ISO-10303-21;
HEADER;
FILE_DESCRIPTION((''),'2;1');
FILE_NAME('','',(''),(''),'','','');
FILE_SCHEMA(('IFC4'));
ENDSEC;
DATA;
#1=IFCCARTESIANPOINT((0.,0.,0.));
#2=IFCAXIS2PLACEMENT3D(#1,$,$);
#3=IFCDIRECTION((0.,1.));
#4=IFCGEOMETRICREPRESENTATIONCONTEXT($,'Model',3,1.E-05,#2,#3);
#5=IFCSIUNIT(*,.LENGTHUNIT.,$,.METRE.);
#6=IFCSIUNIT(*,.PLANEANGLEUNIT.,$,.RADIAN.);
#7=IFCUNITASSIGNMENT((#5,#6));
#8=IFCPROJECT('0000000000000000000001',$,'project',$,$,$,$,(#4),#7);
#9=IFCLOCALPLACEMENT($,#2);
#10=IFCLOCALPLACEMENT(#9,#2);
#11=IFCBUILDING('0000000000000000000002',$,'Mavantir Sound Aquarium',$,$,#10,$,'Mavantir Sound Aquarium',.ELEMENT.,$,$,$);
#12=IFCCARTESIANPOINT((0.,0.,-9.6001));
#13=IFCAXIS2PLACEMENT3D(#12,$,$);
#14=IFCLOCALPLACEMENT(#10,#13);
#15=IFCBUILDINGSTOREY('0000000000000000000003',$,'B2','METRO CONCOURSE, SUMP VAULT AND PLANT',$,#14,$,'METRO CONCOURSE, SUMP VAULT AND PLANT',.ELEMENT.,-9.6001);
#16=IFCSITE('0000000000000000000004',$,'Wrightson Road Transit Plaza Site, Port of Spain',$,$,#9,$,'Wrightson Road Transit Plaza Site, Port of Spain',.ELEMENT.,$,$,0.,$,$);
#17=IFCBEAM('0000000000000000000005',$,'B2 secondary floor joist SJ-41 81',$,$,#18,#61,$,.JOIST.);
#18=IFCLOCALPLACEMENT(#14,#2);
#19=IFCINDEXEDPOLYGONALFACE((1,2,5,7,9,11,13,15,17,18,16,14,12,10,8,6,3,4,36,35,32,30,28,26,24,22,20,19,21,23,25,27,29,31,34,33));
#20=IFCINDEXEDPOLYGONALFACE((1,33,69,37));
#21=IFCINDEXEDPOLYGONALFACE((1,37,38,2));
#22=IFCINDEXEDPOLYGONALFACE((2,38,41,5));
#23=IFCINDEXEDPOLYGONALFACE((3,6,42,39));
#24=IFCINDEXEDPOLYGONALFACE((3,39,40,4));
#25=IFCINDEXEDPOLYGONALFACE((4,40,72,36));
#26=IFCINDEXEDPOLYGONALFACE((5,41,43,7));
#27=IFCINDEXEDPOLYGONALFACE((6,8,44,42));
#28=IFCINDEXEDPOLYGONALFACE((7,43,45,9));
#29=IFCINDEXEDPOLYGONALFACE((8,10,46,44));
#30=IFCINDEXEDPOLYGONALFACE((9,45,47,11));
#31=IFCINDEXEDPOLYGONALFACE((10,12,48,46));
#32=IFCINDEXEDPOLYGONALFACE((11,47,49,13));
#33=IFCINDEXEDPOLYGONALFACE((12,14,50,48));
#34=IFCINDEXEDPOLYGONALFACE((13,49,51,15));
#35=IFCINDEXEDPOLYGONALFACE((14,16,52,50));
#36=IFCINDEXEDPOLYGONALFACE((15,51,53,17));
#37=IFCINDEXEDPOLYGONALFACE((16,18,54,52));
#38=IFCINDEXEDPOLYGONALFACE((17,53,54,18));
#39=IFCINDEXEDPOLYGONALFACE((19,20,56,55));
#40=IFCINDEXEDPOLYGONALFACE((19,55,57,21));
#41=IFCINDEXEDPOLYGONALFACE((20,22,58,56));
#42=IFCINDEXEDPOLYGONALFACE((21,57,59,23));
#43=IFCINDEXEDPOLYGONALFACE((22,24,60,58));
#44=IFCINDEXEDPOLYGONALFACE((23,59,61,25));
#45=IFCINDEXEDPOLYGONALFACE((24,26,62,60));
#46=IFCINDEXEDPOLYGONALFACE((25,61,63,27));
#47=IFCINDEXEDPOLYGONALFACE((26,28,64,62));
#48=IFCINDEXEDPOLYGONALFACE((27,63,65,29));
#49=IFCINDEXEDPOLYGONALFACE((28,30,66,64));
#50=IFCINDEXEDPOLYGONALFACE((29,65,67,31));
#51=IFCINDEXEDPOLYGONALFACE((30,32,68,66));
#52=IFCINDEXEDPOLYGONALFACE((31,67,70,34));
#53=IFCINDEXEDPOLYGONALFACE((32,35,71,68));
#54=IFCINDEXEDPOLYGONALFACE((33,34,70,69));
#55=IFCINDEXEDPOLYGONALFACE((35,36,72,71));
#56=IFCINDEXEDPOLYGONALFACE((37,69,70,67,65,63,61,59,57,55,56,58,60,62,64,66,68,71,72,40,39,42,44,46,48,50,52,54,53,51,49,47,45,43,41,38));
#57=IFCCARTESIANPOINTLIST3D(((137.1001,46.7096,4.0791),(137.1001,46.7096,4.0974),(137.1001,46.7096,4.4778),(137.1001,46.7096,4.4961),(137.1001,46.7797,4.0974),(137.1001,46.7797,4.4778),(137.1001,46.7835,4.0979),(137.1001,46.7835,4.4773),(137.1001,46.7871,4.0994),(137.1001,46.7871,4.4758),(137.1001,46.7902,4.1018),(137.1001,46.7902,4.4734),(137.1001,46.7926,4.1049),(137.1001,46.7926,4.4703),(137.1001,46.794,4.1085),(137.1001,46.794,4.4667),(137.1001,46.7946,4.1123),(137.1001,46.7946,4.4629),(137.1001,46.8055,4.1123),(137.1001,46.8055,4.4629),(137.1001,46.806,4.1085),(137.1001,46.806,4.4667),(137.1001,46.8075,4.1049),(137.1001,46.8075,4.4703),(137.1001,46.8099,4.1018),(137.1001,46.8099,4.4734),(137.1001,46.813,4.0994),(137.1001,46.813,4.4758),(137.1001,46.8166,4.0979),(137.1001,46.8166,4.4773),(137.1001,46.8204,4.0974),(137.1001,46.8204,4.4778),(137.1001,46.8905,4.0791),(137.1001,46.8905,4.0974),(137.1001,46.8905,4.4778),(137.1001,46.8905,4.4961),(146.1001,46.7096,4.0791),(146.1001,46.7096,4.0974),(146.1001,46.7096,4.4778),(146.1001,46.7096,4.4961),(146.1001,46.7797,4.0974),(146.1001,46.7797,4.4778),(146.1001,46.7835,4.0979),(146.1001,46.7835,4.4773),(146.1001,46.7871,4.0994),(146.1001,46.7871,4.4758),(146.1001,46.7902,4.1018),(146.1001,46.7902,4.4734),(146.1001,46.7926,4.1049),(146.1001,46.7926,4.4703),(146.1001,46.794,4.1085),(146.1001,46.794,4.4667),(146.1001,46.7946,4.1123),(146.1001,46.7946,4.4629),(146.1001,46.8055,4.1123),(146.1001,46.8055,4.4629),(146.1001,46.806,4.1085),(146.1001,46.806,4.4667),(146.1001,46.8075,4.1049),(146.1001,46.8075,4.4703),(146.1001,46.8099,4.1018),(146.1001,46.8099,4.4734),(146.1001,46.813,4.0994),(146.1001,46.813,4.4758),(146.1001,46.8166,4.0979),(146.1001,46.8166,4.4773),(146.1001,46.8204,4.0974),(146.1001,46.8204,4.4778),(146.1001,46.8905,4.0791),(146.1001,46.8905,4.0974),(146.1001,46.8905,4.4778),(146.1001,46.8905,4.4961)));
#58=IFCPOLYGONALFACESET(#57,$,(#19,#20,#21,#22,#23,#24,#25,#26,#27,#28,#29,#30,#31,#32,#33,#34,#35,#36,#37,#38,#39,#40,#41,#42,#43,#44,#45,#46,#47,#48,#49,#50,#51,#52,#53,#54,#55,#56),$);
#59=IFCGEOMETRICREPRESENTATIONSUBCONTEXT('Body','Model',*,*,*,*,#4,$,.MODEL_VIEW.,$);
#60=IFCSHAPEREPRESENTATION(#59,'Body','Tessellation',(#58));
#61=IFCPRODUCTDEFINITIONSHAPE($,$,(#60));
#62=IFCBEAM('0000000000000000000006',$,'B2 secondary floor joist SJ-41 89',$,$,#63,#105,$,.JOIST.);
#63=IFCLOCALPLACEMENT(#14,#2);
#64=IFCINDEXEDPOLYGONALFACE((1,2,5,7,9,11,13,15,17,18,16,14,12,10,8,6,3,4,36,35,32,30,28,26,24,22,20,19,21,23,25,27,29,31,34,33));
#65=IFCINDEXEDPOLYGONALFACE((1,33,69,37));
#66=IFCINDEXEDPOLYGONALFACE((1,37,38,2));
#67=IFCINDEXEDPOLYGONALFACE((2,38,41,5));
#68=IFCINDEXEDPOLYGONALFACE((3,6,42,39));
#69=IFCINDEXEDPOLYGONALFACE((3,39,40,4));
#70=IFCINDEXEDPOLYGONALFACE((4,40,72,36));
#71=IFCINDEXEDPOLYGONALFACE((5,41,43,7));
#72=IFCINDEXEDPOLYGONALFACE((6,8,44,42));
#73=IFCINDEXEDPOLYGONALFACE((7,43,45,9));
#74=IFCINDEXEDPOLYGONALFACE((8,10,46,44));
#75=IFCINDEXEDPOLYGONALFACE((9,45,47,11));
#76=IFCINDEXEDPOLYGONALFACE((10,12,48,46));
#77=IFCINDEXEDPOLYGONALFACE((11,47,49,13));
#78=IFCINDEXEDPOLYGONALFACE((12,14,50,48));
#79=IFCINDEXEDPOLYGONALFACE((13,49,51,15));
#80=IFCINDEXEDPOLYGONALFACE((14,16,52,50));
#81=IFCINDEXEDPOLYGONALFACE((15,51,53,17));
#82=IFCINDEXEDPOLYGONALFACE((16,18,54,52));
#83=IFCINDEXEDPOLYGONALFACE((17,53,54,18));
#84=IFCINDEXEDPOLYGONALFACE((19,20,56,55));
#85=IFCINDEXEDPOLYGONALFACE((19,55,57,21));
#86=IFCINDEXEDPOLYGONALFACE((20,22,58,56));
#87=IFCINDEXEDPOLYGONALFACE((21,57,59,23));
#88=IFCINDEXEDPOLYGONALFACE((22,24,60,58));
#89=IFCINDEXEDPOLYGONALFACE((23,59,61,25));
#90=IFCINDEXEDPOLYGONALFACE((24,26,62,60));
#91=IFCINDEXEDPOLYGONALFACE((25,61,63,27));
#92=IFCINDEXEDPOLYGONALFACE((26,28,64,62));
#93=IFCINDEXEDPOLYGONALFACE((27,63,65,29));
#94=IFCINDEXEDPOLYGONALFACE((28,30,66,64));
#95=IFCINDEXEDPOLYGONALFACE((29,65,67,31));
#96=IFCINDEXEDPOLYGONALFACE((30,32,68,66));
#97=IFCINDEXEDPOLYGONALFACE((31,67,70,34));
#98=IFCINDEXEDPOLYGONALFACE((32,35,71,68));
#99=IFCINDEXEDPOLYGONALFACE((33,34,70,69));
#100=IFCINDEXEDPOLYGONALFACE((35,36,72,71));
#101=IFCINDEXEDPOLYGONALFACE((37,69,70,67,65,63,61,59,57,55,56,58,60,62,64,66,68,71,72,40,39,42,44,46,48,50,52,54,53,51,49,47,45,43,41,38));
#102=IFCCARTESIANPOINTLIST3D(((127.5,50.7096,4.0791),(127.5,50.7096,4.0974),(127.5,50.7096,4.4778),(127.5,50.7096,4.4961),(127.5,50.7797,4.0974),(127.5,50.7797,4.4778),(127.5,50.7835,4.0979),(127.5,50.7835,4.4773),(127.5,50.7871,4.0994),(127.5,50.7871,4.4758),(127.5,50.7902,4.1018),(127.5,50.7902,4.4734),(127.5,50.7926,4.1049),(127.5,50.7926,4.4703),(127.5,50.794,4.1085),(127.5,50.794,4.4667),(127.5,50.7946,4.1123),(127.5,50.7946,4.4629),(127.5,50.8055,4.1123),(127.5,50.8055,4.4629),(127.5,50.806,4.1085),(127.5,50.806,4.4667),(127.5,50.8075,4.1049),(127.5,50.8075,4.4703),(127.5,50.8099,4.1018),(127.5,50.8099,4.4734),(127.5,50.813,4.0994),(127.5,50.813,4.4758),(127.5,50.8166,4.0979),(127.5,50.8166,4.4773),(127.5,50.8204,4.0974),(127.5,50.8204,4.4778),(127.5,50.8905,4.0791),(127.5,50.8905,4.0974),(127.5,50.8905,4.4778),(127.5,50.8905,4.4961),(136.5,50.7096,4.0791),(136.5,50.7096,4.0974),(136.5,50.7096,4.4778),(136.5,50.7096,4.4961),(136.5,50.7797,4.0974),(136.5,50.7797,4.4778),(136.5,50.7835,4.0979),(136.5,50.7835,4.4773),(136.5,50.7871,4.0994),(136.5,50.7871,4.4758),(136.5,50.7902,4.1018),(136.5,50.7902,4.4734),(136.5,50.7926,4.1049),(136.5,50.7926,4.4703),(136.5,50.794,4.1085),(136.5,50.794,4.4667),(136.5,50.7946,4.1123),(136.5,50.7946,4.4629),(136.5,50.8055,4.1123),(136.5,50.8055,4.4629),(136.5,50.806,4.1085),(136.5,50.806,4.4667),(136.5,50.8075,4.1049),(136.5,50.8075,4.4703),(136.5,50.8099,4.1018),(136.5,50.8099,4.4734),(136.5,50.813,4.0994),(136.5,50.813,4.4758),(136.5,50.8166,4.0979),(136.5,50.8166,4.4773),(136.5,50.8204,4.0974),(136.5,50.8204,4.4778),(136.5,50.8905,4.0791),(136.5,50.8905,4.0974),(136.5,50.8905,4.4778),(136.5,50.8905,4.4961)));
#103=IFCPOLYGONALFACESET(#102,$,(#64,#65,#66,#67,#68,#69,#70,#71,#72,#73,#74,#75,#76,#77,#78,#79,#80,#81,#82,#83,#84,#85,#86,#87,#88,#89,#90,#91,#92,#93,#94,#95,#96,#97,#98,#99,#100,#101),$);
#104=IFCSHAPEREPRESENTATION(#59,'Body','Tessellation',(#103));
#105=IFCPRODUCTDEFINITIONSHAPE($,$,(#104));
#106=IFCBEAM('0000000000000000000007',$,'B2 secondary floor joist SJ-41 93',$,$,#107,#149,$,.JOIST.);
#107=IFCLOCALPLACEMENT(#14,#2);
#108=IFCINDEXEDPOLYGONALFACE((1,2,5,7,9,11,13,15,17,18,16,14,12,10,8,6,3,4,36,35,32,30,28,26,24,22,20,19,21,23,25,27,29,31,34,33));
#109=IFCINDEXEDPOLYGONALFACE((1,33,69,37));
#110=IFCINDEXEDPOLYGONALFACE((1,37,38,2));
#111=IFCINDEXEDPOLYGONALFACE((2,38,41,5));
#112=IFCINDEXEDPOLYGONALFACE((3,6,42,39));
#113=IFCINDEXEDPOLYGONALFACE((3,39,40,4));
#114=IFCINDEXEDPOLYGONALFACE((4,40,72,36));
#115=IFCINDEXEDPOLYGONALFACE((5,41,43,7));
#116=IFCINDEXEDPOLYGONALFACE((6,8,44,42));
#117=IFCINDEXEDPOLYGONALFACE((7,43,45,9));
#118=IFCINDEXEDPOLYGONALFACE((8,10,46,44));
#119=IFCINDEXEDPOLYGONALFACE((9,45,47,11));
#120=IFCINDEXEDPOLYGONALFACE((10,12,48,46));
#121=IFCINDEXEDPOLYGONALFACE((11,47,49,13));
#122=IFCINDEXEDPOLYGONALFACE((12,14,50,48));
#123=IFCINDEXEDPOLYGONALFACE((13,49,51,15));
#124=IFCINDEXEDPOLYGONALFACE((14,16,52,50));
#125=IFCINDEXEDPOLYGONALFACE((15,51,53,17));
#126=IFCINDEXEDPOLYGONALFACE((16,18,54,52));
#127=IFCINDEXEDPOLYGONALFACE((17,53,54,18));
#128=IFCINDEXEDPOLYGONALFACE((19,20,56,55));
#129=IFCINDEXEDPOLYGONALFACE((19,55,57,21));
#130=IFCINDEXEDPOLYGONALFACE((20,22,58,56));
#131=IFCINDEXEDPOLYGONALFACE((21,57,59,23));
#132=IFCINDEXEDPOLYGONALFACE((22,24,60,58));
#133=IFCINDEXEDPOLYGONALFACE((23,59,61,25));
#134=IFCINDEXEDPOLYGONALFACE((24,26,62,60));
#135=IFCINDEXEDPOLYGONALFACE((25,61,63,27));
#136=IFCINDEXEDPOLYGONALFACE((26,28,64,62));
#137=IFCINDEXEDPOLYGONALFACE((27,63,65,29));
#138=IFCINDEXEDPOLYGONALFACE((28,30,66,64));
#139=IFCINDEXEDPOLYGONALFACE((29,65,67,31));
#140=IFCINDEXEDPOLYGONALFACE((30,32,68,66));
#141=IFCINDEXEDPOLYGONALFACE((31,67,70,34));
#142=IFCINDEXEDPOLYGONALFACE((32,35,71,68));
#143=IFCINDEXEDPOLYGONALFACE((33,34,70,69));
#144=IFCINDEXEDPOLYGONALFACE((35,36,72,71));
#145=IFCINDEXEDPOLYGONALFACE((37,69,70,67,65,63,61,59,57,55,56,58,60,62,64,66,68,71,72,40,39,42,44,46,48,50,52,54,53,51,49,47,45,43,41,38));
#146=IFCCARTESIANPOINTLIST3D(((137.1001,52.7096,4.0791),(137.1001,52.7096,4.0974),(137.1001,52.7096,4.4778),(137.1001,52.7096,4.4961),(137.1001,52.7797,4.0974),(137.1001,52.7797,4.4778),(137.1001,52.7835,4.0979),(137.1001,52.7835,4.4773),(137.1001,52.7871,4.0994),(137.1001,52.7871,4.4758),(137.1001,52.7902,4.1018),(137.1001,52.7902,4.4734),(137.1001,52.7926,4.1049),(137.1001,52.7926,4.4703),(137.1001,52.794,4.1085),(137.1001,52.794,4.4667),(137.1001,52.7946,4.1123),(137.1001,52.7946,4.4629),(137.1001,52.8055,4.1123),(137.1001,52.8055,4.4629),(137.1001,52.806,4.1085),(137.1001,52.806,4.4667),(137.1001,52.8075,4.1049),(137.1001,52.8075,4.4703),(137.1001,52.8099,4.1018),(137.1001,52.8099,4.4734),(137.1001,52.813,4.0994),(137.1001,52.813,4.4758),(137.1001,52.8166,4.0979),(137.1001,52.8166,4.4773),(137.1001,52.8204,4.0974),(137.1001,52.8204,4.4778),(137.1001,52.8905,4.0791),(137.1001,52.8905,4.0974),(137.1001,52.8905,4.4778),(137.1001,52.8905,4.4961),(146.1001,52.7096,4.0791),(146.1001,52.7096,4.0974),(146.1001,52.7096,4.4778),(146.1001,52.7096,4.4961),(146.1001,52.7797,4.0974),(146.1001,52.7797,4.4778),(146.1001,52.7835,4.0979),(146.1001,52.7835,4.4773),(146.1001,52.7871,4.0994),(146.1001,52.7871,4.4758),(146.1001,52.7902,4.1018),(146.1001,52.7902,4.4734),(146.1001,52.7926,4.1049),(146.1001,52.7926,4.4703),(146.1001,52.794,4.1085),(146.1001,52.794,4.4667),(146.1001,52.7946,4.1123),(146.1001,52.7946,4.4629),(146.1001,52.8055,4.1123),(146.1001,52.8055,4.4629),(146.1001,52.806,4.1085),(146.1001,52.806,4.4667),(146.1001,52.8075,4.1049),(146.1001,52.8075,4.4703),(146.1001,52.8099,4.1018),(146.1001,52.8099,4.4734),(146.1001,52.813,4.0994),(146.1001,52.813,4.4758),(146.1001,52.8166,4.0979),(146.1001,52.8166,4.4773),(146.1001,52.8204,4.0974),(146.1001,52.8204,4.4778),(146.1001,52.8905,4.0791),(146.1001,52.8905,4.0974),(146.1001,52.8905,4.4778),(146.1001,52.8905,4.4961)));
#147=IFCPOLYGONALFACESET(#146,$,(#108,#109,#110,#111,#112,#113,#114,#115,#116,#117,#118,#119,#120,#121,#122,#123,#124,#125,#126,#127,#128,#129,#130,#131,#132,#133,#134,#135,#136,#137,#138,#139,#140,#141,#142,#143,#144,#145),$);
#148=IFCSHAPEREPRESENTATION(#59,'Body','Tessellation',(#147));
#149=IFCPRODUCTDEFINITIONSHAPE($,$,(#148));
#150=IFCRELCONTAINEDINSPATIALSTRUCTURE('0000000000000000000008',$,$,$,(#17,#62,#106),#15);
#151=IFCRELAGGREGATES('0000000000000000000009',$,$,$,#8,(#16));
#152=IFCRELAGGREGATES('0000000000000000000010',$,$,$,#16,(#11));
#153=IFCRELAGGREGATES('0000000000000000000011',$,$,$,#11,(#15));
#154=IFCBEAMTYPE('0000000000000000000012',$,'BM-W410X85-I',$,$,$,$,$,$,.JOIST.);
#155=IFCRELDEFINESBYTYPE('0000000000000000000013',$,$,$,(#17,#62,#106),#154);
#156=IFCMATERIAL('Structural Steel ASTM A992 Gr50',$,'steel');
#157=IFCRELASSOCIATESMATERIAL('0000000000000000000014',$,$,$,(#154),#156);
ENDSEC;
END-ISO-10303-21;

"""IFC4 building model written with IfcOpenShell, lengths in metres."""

from ifc_helpers import new_model, si_unit, direction, frame, origin, origin_2d, place, context, subcontext, project, spatial, i_section, extrude, material, material_profile, profile_set, type_object, element, save


model = new_model("IFC4")

# Units and contexts
model_context = context("Model", 3, precision=1e-05, world=origin(), true_north=direction((0.0, 1.0)))
body_context = subcontext(model_context, "Body", "Model", "MODEL_VIEW")
ifc_project = project(units=[si_unit("LENGTHUNIT", "METRE"), si_unit("PLANEANGLEUNIT", "RADIAN")], contexts=[model_context])

# Site, building, storey
site_placement = place(None, origin())
site = spatial("IfcSite", under=ifc_project, at=site_placement, Name="Wrightson Road Transit Plaza Site, Port of Spain", LongName="Wrightson Road Transit Plaza Site, Port of Spain", CompositionType="ELEMENT", RefElevation=0.0)
building_placement = place(site_placement, origin())
building = spatial("IfcBuilding", under=site, at=building_placement, Name="Mavantir Sound Aquarium", LongName="Mavantir Sound Aquarium", CompositionType="ELEMENT")
storey_placement = place(building_placement, frame((0.0, 0.0, -9.6001)))
storey = spatial("IfcBuildingStorey", under=building, at=storey_placement, Name="B2", Description="METRO CONCOURSE, SUMP VAULT AND PLANT", LongName="METRO CONCOURSE, SUMP VAULT AND PLANT", CompositionType="ELEMENT", Elevation=-9.6001)

# Beams
ifc_material_1 = material(Name="Structural Steel ASTM A992 Gr50", Category="steel")
ifc_material_profile_1 = material_profile(ifc_material_1, i_section(OverallWidth=0.1809, OverallDepth=0.417, WebThickness=0.011, FlangeThickness=0.0183, FilletRadius=0.0149, at=origin_2d()), Name="W410X85")
ifc_profile_set_1 = profile_set([ifc_material_profile_1], Name="Structural Steel ASTM A992 Gr50")
beam_type_1 = type_object("IfcBeamType", Name="BM-W410X85-I", PredefinedType="JOIST", material=ifc_profile_set_1)
for number, where, z_axis, x_axis, name in (
    (1, (137.1001, 46.8, 4.2876), (1.0, 0.0, 0.0), (0.0, 1.0, 0.0), "B2 secondary floor joist SJ-41 81"),
    (2, (127.5, 50.8, 4.2876), (1.0, 0.0, 0.0), (0.0, 1.0, 0.0), "B2 secondary floor joist SJ-41 89"),
    (3, (137.1001, 52.8, 4.2876), (1.0, 0.0, 0.0), (0.0, 1.0, 0.0), "B2 secondary floor joist SJ-41 93"),
):
    element("IfcBeam", number, at=place(storey_placement, frame(where, z_axis=z_axis, x_axis=x_axis)), inside=storey, type_object=beam_type_1, Name=name, PredefinedType="JOIST", context=body_context, shape_type="SweptSolid", body=[
        extrude(i_section(OverallWidth=0.1809, OverallDepth=0.417, WebThickness=0.011, FlangeThickness=0.0183, FilletRadius=0.0149, at=origin_2d()), origin(), (0.0, 0.0, 1.0), 9.0),
    ])

save(model, "model.ifc")
